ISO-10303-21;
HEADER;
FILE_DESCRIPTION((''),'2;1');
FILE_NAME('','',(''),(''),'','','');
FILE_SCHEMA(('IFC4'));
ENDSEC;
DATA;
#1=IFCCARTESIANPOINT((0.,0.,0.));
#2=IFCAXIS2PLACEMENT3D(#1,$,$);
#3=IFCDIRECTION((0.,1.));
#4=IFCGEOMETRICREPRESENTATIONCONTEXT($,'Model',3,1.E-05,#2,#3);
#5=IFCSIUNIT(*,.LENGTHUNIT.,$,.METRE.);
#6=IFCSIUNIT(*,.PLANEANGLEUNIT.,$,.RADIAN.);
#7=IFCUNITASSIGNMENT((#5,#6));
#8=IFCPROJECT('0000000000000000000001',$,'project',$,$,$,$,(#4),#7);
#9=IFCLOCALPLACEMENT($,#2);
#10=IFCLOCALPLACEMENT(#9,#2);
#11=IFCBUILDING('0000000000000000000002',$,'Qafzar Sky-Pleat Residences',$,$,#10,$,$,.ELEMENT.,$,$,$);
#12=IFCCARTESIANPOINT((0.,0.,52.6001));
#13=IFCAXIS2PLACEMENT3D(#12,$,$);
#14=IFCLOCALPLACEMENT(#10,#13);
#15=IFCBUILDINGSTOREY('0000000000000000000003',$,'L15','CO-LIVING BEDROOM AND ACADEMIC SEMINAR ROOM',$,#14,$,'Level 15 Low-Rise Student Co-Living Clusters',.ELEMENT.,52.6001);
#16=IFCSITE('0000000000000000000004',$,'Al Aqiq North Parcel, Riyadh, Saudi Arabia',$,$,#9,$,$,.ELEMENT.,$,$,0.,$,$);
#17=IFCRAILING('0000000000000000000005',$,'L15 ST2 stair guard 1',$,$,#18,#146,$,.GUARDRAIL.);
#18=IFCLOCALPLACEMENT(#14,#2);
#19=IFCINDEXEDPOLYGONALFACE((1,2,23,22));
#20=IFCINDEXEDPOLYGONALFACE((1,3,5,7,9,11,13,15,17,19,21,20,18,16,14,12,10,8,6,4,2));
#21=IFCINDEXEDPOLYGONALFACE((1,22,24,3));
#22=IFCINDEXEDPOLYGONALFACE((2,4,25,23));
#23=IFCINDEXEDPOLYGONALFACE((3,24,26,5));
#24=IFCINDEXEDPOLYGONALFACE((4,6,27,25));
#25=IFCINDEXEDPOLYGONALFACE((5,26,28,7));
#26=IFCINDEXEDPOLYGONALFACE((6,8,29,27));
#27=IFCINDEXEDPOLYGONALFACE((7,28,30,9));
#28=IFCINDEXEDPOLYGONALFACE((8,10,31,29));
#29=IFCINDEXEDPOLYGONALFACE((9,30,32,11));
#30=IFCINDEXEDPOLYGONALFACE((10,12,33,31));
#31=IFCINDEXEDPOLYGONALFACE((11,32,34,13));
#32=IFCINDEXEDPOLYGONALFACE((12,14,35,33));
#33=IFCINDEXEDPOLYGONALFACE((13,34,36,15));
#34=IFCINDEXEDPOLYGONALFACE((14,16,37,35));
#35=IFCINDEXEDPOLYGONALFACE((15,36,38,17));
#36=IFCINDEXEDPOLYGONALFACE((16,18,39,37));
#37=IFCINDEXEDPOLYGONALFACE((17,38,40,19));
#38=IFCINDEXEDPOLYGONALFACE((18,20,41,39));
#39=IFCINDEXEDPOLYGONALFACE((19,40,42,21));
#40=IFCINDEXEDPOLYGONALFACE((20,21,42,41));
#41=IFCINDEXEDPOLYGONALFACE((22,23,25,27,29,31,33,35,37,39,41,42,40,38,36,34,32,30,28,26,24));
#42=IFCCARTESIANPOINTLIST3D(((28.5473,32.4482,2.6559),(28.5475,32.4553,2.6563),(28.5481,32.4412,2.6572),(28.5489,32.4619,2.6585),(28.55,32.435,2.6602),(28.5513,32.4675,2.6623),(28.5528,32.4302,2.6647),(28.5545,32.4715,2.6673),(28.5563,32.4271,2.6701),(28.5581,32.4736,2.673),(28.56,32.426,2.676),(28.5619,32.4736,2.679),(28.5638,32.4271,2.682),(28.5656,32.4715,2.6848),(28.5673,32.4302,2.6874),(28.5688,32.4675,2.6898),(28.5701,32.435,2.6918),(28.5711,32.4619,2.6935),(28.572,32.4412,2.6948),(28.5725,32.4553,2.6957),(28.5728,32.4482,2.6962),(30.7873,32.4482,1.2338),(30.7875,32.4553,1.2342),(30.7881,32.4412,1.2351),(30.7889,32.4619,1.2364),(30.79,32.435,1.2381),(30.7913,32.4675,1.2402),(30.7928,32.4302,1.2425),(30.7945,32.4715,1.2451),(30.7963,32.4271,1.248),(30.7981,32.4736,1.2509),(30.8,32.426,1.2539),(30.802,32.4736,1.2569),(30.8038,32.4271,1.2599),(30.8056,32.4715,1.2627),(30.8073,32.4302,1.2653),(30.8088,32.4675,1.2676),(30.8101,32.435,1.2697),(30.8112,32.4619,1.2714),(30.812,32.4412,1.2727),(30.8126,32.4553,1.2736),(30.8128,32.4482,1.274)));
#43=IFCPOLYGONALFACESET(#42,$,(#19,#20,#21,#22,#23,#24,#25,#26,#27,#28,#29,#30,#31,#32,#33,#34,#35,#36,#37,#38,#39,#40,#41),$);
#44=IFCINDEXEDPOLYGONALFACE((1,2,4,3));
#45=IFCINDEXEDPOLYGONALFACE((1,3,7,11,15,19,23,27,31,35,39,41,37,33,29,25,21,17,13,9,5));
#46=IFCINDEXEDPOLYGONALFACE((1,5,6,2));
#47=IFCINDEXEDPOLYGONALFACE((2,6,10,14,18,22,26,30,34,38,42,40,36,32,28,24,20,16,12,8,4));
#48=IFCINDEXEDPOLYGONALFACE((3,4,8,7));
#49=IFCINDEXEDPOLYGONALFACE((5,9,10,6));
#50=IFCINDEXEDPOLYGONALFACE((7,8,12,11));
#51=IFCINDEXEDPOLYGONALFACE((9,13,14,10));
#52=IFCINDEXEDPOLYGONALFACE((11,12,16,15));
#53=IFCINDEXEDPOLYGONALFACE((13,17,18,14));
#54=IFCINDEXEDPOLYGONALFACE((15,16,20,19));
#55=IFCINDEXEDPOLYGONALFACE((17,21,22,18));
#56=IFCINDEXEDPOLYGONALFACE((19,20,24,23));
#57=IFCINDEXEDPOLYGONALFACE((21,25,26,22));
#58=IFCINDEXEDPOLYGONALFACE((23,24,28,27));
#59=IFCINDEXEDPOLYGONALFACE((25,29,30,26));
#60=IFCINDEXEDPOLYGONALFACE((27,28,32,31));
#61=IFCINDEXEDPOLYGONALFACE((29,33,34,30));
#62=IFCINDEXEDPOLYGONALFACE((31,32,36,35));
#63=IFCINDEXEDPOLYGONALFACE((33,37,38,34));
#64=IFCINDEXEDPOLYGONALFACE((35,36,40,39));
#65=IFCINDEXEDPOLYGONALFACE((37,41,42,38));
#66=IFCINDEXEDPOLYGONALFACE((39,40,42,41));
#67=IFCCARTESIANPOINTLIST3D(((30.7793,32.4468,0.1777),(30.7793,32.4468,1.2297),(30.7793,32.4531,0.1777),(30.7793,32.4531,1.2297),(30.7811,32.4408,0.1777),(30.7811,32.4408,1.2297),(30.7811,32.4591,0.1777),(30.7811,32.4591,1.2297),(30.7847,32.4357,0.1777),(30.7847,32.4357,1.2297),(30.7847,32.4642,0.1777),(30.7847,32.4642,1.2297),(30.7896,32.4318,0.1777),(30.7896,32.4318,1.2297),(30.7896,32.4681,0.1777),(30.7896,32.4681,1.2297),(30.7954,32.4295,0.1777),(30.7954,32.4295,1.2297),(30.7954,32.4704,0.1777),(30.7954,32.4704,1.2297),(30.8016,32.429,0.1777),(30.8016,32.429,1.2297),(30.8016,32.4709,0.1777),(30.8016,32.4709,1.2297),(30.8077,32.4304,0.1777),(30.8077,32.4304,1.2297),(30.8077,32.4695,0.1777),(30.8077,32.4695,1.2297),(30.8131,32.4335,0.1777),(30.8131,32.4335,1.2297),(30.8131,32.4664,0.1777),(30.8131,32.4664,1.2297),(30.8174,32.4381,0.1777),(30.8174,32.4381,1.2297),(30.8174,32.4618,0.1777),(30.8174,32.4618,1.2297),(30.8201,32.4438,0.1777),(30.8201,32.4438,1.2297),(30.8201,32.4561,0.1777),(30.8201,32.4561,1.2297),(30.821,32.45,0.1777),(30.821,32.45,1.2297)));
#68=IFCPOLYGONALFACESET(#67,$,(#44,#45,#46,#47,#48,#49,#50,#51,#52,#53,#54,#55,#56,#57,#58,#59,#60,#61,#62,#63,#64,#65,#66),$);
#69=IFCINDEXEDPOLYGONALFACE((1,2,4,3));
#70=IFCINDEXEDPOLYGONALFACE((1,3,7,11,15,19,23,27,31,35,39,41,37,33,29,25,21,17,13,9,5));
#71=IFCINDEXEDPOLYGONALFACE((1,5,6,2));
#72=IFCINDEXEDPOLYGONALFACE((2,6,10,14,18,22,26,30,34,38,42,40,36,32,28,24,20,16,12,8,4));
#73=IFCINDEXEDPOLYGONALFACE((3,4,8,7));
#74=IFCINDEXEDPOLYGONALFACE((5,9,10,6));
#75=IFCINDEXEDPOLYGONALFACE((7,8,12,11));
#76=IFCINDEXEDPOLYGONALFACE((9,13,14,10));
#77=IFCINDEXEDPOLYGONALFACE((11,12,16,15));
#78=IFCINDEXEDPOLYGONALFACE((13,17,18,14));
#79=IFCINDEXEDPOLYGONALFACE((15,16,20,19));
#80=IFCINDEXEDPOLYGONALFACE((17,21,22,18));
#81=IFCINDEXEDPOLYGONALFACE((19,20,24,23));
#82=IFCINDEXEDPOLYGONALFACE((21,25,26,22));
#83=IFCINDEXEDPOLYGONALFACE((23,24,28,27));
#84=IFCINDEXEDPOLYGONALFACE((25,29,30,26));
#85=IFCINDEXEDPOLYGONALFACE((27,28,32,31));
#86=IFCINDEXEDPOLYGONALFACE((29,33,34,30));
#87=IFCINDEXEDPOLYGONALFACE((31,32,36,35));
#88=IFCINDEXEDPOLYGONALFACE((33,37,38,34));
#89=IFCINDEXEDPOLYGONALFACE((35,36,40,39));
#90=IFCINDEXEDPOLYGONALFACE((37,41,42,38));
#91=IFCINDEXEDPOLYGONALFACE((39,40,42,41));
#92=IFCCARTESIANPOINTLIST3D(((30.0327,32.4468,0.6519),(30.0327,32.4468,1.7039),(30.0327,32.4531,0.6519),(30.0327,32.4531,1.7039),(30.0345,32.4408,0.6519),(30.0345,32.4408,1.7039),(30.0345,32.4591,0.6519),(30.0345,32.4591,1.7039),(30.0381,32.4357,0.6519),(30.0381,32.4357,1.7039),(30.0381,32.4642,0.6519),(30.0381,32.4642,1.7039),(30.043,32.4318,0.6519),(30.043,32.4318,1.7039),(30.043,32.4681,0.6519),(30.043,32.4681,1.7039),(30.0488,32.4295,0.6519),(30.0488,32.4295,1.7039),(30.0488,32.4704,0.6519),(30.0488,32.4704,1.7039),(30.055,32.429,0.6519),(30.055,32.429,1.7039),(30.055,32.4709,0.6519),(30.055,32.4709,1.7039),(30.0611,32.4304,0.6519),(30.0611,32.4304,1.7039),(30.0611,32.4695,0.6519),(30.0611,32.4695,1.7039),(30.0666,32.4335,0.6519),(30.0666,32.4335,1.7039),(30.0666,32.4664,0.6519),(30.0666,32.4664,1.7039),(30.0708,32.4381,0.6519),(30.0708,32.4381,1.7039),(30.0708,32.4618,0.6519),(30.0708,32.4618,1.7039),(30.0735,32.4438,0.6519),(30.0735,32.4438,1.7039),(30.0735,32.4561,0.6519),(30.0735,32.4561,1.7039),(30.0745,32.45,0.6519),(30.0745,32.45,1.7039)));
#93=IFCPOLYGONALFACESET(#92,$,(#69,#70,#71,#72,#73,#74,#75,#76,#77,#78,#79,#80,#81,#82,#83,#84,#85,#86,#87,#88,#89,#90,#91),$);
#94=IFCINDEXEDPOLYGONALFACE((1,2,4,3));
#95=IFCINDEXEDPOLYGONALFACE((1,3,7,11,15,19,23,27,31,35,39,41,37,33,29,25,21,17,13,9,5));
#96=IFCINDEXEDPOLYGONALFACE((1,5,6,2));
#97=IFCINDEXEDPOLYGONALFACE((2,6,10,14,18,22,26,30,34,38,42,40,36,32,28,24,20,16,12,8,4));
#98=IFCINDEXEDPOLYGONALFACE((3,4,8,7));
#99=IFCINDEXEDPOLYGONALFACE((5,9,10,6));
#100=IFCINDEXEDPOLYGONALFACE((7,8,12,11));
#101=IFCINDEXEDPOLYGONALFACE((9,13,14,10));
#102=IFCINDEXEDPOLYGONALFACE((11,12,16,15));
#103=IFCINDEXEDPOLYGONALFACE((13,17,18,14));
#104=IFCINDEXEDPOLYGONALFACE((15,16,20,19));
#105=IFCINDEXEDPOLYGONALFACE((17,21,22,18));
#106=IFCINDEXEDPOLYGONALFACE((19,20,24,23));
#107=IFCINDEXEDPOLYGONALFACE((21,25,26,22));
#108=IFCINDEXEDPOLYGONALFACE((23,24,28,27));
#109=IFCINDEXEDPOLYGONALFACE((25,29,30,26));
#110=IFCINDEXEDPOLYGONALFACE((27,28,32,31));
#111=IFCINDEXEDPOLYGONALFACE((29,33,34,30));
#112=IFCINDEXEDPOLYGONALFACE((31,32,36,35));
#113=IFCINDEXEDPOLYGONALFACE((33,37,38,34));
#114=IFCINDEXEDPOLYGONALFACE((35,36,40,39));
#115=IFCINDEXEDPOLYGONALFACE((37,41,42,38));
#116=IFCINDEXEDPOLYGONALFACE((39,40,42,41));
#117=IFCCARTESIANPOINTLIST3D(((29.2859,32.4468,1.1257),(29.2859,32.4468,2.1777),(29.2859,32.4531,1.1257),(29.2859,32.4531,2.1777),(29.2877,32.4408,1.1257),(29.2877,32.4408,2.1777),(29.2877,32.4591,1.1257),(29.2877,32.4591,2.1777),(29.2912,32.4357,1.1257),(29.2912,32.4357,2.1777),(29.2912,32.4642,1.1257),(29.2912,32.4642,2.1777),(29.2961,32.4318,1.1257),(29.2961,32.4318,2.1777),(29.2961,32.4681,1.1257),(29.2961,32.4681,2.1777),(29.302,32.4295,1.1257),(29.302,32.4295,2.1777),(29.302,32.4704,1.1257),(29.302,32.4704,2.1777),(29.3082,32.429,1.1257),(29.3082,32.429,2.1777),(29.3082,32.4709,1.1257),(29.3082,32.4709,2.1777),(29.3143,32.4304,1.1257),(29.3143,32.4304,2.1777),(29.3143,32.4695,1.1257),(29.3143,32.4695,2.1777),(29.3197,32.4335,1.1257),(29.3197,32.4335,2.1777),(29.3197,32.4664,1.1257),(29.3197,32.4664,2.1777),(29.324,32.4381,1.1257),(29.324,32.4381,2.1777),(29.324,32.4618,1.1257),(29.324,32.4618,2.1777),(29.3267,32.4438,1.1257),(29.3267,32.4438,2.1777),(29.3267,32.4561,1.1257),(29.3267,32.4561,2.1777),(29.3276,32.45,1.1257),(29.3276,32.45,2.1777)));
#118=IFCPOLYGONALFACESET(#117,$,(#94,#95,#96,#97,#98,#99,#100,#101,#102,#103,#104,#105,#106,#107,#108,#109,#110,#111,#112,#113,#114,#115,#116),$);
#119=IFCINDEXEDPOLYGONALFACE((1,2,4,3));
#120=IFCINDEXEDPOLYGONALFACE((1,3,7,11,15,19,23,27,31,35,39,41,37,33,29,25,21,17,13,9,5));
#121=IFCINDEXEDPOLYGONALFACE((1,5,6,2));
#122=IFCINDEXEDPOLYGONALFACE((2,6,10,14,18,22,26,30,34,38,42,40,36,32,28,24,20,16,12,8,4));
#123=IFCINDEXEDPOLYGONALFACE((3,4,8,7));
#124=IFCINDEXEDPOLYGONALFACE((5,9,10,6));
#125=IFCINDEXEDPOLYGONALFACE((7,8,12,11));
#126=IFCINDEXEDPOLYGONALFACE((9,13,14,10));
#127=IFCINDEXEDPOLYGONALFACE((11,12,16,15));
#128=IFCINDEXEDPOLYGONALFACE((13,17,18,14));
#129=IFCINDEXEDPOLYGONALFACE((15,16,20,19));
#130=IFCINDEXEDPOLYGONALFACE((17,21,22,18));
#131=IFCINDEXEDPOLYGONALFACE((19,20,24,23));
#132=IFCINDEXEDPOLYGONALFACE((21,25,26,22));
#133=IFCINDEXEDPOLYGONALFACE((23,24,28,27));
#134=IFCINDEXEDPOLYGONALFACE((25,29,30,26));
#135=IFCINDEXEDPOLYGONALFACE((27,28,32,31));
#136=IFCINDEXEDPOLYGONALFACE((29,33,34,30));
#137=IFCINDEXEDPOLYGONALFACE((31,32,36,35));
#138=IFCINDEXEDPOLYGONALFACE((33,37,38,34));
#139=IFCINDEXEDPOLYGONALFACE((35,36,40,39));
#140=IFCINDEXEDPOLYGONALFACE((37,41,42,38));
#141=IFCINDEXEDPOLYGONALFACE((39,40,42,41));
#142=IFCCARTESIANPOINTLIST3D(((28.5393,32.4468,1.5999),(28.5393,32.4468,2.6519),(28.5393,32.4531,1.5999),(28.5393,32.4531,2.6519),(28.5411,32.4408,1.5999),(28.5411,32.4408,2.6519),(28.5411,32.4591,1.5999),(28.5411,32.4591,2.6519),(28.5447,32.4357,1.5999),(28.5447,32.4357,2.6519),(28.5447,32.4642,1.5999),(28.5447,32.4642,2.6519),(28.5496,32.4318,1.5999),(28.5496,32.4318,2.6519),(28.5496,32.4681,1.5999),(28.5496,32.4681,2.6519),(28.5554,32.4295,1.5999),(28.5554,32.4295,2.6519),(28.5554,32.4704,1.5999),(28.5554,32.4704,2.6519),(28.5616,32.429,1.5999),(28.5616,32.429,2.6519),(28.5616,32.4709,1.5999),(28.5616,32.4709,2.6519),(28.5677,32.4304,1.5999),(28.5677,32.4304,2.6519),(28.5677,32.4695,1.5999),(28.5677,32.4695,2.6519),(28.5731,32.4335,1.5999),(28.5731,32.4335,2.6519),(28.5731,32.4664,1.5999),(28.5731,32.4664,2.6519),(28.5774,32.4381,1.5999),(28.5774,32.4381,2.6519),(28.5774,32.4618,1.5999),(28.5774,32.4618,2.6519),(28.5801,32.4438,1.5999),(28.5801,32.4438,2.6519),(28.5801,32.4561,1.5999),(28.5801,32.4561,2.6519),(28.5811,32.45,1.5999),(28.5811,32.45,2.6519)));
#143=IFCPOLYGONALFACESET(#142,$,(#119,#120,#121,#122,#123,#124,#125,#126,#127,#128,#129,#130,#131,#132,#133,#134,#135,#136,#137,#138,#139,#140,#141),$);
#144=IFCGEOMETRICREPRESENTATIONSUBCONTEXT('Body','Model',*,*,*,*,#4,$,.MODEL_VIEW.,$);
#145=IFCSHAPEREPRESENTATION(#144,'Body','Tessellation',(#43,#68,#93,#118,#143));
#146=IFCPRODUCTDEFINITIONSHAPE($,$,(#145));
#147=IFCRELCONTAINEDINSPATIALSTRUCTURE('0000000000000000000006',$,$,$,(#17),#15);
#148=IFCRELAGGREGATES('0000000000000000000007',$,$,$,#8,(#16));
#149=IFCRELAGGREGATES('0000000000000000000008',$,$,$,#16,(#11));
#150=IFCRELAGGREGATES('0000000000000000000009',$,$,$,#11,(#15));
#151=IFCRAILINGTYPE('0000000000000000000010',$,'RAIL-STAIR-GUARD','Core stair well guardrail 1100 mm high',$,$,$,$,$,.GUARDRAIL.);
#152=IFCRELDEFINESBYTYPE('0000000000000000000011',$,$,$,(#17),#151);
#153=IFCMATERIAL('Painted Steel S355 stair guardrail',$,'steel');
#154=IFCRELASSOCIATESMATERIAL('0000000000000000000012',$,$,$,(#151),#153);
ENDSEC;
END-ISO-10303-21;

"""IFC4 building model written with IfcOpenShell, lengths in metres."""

from ifc_helpers import new_model, si_unit, direction, frame, origin, origin_2d, place, context, subcontext, project, spatial, circle, extrude, source, transform, mapped, material, type_object, element, save


model = new_model("IFC4")

# Units and contexts
model_context = context("Model", 3, precision=1e-05, world=origin(), true_north=direction((0.0, 1.0)))
body_context = subcontext(model_context, "Body", "Model", "MODEL_VIEW")
ifc_project = project(units=[si_unit("LENGTHUNIT", "METRE"), si_unit("PLANEANGLEUNIT", "RADIAN")], contexts=[model_context])

# Site, building, storey
site_placement = place(None, origin())
site = spatial("IfcSite", under=ifc_project, at=site_placement, Name="Al Aqiq North Parcel, Riyadh, Saudi Arabia", CompositionType="ELEMENT", RefElevation=0.0)
building_placement = place(site_placement, origin())
building = spatial("IfcBuilding", under=site, at=building_placement, Name="Qafzar Sky-Pleat Residences", CompositionType="ELEMENT")
storey_placement = place(building_placement, frame((0.0, 0.0, 52.6001)))
storey = spatial("IfcBuildingStorey", under=building, at=storey_placement, Name="L15", Description="CO-LIVING BEDROOM AND ACADEMIC SEMINAR ROOM", LongName="Level 15 Low-Rise Student Co-Living Clusters", CompositionType="ELEMENT", Elevation=52.6001)

# Railing
ifc_material_1 = material(Name="Painted Steel S355 stair guardrail", Category="steel")
railing_type_1 = type_object("IfcRailingType", Name="RAIL-STAIR-GUARD", Description="Core stair well guardrail 1100 mm high", PredefinedType="GUARDRAIL", material=ifc_material_1)
shared_shape_1 = source(origin(), body_context, "Body", "SweptSolid", [
    extrude(circle(Radius=0.0239, at=origin_2d()), frame((0.0, 0.0, 1.0762), z_axis=(-0.844229, 0.0, 0.535982), x_axis=(0.0, -1.0, 0.0)), (0.0, 0.0, 1.0), 2.6533),
    extrude(circle(Radius=0.021, at=origin_2d()), origin(), (0.0, 0.0, 1.0), 1.052),
    extrude(circle(Radius=0.021, at=origin_2d()), frame((-0.7466, 0.0, 0.4741)), (0.0, 0.0, 1.0), 1.052),
    extrude(circle(Radius=0.021, at=origin_2d()), frame((-1.4934, 0.0, 0.948)), (0.0, 0.0, 1.0), 1.052),
    extrude(circle(Radius=0.021, at=origin_2d()), frame((-2.24, 0.0, 1.4221)), (0.0, 0.0, 1.0), 1.052),
])
railing_1_placement = place(storey_placement, frame((30.8, 32.45, 0.1777)))
element("IfcRailing", 1, at=railing_1_placement, inside=storey, type_object=railing_type_1, Name="L15 ST2 stair guard 1", PredefinedType="GUARDRAIL", context=body_context, shape_type="MappedRepresentation", body=[
    mapped(shared_shape_1, transform((0.0, 0.0, 0.0), x_axis=(1.0, 0.0, 0.0), y_axis=(0.0, 1.0, 0.0), z_axis=(0.0, 0.0, 1.0), scale=1.0)),
])

save(model, "model.ifc")
